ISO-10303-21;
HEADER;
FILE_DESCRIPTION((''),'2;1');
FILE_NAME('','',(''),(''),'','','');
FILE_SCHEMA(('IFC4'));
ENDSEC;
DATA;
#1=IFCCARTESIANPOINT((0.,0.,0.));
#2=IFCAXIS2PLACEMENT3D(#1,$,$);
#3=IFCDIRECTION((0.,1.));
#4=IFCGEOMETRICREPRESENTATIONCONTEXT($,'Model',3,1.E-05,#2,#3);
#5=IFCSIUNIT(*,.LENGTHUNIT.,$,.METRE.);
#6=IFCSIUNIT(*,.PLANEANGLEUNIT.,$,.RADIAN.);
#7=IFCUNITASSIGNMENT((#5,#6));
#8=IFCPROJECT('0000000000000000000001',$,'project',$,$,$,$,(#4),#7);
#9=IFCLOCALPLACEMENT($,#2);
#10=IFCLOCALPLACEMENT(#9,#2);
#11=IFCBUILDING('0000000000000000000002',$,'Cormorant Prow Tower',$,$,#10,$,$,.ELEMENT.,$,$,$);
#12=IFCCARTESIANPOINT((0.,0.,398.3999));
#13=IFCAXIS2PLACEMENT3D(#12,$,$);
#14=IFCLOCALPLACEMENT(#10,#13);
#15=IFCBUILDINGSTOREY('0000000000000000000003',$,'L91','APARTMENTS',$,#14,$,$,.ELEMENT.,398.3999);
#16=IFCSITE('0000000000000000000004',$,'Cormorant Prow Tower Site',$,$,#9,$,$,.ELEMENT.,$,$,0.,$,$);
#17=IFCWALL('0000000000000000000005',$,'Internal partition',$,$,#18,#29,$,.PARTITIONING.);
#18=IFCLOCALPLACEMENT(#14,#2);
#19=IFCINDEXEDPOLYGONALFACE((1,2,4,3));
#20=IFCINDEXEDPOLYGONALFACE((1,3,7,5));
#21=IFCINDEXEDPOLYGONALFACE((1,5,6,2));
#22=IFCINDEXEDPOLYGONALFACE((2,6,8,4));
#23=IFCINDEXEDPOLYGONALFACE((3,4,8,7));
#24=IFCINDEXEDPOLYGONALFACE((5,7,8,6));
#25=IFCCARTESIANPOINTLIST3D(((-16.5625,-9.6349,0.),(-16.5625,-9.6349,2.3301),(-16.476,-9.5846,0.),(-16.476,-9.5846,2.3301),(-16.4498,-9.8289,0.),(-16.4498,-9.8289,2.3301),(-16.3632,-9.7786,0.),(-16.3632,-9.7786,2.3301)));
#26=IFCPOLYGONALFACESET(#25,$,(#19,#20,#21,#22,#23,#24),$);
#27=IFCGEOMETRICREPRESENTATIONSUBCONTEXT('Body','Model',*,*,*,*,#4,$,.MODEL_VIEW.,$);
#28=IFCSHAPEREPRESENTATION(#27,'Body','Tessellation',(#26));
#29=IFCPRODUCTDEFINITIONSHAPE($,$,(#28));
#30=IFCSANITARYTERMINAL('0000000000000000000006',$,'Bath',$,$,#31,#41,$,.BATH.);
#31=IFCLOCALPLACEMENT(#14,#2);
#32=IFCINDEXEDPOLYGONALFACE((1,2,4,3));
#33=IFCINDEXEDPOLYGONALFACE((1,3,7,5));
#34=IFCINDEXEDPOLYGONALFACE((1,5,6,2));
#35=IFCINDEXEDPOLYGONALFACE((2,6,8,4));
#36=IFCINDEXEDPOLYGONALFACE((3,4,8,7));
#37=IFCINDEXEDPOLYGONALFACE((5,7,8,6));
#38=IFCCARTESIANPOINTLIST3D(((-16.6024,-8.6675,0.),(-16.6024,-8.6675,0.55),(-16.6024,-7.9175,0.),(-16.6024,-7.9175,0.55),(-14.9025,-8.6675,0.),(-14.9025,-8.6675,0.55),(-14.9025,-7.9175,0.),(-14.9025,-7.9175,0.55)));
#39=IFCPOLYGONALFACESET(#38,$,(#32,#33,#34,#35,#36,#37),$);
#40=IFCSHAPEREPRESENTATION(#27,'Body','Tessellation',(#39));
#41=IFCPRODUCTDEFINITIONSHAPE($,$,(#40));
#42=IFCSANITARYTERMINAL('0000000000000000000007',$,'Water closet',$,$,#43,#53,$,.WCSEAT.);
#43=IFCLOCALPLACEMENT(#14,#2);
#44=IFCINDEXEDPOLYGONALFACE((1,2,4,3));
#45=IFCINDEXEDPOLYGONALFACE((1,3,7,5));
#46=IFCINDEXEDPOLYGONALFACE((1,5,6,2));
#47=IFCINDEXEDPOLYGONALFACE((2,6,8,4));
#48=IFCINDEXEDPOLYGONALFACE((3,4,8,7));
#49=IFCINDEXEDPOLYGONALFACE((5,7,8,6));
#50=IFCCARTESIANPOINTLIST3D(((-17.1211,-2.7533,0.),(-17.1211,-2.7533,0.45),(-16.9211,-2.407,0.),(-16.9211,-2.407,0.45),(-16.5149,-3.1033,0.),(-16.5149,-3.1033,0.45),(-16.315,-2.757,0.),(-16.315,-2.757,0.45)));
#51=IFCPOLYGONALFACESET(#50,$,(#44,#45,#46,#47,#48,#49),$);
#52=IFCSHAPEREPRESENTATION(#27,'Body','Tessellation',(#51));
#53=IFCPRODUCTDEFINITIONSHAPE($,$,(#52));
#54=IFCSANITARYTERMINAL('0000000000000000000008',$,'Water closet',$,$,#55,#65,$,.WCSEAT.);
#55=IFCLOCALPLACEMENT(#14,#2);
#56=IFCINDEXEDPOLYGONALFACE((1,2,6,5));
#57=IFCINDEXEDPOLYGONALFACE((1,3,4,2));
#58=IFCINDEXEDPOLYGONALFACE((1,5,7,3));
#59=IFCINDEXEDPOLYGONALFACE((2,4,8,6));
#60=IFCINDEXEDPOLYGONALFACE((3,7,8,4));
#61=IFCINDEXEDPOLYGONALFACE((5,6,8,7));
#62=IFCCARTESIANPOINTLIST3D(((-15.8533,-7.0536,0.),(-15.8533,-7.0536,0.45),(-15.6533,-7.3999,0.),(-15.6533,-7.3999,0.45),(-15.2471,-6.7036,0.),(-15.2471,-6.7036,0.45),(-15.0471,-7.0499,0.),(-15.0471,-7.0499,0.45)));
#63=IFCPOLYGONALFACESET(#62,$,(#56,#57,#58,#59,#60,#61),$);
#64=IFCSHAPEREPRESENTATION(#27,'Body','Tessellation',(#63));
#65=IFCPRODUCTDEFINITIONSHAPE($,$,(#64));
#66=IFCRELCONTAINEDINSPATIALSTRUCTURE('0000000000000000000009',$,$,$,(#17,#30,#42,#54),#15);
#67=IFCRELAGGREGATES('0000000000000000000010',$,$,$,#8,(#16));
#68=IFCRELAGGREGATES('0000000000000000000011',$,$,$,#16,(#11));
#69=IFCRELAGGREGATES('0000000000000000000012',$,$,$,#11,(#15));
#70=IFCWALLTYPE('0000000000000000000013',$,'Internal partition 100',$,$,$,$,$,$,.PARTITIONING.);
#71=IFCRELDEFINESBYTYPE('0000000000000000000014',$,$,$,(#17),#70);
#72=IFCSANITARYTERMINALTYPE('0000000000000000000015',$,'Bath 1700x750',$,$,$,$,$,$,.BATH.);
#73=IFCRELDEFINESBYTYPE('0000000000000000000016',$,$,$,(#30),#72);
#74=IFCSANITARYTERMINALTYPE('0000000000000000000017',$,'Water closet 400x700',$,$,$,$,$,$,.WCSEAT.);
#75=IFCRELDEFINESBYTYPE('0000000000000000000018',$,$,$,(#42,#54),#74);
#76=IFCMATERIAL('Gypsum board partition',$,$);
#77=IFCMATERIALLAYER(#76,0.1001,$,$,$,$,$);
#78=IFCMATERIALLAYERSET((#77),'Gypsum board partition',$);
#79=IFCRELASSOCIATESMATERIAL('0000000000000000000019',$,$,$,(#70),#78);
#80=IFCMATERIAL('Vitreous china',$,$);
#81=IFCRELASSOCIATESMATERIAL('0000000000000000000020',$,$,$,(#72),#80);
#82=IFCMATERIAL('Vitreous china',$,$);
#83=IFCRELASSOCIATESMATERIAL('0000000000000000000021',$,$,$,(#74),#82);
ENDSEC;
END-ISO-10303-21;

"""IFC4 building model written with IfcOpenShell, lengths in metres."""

from ifc_helpers import new_model, si_unit, direction, frame, frame_2d, origin, origin_2d, place, context, subcontext, project, spatial, rectangle, extrude, material, layer, layer_set, type_object, element, save


model = new_model("IFC4")

# Units and contexts
model_context = context("Model", 3, precision=1e-05, world=origin(), true_north=direction((0.0, 1.0)))
body_context = subcontext(model_context, "Body", "Model", "MODEL_VIEW")
ifc_project = project(units=[si_unit("LENGTHUNIT", "METRE"), si_unit("PLANEANGLEUNIT", "RADIAN")], contexts=[model_context])

# Site, building, storey
site_placement = place(None, origin())
site = spatial("IfcSite", under=ifc_project, at=site_placement, Name="Cormorant Prow Tower Site", CompositionType="ELEMENT", RefElevation=0.0)
building_placement = place(site_placement, origin())
building = spatial("IfcBuilding", under=site, at=building_placement, Name="Cormorant Prow Tower", CompositionType="ELEMENT")
storey_placement = place(building_placement, frame((0.0, 0.0, 398.3999)))
storey = spatial("IfcBuildingStorey", under=building, at=storey_placement, Name="L91", Description="APARTMENTS", CompositionType="ELEMENT", Elevation=398.3999)

# Shared definitions
ifc_material_1 = material(Name="Gypsum board partition")
ifc_layer_1 = layer(ifc_material_1, 0.1001)
ifc_layer_set_1 = layer_set([ifc_layer_1], Name="Gypsum board partition")
wall_type_1 = type_object("IfcWallType", Name="Internal partition 100", PredefinedType="PARTITIONING", material=ifc_layer_set_1)

# Wall
wall_1_placement = place(storey_placement, frame((-16.5193, -9.6096, 0.0), z_axis=(0.0, 0.0, 1.0), x_axis=(0.50245, -0.864606, 0.0)))
element("IfcWall", 1, at=wall_1_placement, inside=storey, type_object=wall_type_1, Name="Internal partition", PredefinedType="PARTITIONING", context=body_context, shape_type="SweptSolid", body=[
    extrude(rectangle(XDim=0.2244, YDim=0.1001, at=frame_2d((0.1123, 0.0))), origin(), (0.0, 0.0, 1.0), 2.3301),
])

# Sanitary terminals
ifc_material_2 = material(Name="Vitreous china")
sanitary_terminal_type_1 = type_object("IfcSanitaryTerminalType", Name="Bath 1700x750", PredefinedType="BATH", material=ifc_material_2)
sanitary_terminal_placement = place(storey_placement, frame((-15.7524, -8.2925, 0.0), z_axis=(0.0, 0.0, 1.0), x_axis=(1.0, 0.0, 0.0)))
element("IfcSanitaryTerminal", 2, at=sanitary_terminal_placement, inside=storey, type_object=sanitary_terminal_type_1, Name="Bath", PredefinedType="BATH", context=body_context, shape_type="SweptSolid", body=[
    extrude(rectangle(XDim=1.7, YDim=0.75, at=origin_2d()), origin(), (0.0, 0.0, 1.0), 0.55),
])
ifc_material_3 = material(Name="Vitreous china")
sanitary_terminal_type_2 = type_object("IfcSanitaryTerminalType", Name="Water closet 400x700", PredefinedType="WCSEAT", material=ifc_material_3)
for number, where, z_axis, x_axis, name in (
    (3, (-16.718, -2.7551, 0.0), (0.0, 0.0, 1.0), (-0.5, -0.866025, 0.0), "Water closet"),
    (4, (-15.4502, -7.0518, 0.0), (0.0, 0.0, 1.0), (0.5, -0.866025, 0.0), "Water closet"),
):
    element("IfcSanitaryTerminal", number, at=place(storey_placement, frame(where, z_axis=z_axis, x_axis=x_axis)), inside=storey, type_object=sanitary_terminal_type_2, Name=name, PredefinedType="WCSEAT", context=body_context, shape_type="SweptSolid", body=[
        extrude(rectangle(XDim=0.3999, YDim=0.7, at=origin_2d()), origin(), (0.0, 0.0, 1.0), 0.45),
    ])

save(model, "model.ifc")
